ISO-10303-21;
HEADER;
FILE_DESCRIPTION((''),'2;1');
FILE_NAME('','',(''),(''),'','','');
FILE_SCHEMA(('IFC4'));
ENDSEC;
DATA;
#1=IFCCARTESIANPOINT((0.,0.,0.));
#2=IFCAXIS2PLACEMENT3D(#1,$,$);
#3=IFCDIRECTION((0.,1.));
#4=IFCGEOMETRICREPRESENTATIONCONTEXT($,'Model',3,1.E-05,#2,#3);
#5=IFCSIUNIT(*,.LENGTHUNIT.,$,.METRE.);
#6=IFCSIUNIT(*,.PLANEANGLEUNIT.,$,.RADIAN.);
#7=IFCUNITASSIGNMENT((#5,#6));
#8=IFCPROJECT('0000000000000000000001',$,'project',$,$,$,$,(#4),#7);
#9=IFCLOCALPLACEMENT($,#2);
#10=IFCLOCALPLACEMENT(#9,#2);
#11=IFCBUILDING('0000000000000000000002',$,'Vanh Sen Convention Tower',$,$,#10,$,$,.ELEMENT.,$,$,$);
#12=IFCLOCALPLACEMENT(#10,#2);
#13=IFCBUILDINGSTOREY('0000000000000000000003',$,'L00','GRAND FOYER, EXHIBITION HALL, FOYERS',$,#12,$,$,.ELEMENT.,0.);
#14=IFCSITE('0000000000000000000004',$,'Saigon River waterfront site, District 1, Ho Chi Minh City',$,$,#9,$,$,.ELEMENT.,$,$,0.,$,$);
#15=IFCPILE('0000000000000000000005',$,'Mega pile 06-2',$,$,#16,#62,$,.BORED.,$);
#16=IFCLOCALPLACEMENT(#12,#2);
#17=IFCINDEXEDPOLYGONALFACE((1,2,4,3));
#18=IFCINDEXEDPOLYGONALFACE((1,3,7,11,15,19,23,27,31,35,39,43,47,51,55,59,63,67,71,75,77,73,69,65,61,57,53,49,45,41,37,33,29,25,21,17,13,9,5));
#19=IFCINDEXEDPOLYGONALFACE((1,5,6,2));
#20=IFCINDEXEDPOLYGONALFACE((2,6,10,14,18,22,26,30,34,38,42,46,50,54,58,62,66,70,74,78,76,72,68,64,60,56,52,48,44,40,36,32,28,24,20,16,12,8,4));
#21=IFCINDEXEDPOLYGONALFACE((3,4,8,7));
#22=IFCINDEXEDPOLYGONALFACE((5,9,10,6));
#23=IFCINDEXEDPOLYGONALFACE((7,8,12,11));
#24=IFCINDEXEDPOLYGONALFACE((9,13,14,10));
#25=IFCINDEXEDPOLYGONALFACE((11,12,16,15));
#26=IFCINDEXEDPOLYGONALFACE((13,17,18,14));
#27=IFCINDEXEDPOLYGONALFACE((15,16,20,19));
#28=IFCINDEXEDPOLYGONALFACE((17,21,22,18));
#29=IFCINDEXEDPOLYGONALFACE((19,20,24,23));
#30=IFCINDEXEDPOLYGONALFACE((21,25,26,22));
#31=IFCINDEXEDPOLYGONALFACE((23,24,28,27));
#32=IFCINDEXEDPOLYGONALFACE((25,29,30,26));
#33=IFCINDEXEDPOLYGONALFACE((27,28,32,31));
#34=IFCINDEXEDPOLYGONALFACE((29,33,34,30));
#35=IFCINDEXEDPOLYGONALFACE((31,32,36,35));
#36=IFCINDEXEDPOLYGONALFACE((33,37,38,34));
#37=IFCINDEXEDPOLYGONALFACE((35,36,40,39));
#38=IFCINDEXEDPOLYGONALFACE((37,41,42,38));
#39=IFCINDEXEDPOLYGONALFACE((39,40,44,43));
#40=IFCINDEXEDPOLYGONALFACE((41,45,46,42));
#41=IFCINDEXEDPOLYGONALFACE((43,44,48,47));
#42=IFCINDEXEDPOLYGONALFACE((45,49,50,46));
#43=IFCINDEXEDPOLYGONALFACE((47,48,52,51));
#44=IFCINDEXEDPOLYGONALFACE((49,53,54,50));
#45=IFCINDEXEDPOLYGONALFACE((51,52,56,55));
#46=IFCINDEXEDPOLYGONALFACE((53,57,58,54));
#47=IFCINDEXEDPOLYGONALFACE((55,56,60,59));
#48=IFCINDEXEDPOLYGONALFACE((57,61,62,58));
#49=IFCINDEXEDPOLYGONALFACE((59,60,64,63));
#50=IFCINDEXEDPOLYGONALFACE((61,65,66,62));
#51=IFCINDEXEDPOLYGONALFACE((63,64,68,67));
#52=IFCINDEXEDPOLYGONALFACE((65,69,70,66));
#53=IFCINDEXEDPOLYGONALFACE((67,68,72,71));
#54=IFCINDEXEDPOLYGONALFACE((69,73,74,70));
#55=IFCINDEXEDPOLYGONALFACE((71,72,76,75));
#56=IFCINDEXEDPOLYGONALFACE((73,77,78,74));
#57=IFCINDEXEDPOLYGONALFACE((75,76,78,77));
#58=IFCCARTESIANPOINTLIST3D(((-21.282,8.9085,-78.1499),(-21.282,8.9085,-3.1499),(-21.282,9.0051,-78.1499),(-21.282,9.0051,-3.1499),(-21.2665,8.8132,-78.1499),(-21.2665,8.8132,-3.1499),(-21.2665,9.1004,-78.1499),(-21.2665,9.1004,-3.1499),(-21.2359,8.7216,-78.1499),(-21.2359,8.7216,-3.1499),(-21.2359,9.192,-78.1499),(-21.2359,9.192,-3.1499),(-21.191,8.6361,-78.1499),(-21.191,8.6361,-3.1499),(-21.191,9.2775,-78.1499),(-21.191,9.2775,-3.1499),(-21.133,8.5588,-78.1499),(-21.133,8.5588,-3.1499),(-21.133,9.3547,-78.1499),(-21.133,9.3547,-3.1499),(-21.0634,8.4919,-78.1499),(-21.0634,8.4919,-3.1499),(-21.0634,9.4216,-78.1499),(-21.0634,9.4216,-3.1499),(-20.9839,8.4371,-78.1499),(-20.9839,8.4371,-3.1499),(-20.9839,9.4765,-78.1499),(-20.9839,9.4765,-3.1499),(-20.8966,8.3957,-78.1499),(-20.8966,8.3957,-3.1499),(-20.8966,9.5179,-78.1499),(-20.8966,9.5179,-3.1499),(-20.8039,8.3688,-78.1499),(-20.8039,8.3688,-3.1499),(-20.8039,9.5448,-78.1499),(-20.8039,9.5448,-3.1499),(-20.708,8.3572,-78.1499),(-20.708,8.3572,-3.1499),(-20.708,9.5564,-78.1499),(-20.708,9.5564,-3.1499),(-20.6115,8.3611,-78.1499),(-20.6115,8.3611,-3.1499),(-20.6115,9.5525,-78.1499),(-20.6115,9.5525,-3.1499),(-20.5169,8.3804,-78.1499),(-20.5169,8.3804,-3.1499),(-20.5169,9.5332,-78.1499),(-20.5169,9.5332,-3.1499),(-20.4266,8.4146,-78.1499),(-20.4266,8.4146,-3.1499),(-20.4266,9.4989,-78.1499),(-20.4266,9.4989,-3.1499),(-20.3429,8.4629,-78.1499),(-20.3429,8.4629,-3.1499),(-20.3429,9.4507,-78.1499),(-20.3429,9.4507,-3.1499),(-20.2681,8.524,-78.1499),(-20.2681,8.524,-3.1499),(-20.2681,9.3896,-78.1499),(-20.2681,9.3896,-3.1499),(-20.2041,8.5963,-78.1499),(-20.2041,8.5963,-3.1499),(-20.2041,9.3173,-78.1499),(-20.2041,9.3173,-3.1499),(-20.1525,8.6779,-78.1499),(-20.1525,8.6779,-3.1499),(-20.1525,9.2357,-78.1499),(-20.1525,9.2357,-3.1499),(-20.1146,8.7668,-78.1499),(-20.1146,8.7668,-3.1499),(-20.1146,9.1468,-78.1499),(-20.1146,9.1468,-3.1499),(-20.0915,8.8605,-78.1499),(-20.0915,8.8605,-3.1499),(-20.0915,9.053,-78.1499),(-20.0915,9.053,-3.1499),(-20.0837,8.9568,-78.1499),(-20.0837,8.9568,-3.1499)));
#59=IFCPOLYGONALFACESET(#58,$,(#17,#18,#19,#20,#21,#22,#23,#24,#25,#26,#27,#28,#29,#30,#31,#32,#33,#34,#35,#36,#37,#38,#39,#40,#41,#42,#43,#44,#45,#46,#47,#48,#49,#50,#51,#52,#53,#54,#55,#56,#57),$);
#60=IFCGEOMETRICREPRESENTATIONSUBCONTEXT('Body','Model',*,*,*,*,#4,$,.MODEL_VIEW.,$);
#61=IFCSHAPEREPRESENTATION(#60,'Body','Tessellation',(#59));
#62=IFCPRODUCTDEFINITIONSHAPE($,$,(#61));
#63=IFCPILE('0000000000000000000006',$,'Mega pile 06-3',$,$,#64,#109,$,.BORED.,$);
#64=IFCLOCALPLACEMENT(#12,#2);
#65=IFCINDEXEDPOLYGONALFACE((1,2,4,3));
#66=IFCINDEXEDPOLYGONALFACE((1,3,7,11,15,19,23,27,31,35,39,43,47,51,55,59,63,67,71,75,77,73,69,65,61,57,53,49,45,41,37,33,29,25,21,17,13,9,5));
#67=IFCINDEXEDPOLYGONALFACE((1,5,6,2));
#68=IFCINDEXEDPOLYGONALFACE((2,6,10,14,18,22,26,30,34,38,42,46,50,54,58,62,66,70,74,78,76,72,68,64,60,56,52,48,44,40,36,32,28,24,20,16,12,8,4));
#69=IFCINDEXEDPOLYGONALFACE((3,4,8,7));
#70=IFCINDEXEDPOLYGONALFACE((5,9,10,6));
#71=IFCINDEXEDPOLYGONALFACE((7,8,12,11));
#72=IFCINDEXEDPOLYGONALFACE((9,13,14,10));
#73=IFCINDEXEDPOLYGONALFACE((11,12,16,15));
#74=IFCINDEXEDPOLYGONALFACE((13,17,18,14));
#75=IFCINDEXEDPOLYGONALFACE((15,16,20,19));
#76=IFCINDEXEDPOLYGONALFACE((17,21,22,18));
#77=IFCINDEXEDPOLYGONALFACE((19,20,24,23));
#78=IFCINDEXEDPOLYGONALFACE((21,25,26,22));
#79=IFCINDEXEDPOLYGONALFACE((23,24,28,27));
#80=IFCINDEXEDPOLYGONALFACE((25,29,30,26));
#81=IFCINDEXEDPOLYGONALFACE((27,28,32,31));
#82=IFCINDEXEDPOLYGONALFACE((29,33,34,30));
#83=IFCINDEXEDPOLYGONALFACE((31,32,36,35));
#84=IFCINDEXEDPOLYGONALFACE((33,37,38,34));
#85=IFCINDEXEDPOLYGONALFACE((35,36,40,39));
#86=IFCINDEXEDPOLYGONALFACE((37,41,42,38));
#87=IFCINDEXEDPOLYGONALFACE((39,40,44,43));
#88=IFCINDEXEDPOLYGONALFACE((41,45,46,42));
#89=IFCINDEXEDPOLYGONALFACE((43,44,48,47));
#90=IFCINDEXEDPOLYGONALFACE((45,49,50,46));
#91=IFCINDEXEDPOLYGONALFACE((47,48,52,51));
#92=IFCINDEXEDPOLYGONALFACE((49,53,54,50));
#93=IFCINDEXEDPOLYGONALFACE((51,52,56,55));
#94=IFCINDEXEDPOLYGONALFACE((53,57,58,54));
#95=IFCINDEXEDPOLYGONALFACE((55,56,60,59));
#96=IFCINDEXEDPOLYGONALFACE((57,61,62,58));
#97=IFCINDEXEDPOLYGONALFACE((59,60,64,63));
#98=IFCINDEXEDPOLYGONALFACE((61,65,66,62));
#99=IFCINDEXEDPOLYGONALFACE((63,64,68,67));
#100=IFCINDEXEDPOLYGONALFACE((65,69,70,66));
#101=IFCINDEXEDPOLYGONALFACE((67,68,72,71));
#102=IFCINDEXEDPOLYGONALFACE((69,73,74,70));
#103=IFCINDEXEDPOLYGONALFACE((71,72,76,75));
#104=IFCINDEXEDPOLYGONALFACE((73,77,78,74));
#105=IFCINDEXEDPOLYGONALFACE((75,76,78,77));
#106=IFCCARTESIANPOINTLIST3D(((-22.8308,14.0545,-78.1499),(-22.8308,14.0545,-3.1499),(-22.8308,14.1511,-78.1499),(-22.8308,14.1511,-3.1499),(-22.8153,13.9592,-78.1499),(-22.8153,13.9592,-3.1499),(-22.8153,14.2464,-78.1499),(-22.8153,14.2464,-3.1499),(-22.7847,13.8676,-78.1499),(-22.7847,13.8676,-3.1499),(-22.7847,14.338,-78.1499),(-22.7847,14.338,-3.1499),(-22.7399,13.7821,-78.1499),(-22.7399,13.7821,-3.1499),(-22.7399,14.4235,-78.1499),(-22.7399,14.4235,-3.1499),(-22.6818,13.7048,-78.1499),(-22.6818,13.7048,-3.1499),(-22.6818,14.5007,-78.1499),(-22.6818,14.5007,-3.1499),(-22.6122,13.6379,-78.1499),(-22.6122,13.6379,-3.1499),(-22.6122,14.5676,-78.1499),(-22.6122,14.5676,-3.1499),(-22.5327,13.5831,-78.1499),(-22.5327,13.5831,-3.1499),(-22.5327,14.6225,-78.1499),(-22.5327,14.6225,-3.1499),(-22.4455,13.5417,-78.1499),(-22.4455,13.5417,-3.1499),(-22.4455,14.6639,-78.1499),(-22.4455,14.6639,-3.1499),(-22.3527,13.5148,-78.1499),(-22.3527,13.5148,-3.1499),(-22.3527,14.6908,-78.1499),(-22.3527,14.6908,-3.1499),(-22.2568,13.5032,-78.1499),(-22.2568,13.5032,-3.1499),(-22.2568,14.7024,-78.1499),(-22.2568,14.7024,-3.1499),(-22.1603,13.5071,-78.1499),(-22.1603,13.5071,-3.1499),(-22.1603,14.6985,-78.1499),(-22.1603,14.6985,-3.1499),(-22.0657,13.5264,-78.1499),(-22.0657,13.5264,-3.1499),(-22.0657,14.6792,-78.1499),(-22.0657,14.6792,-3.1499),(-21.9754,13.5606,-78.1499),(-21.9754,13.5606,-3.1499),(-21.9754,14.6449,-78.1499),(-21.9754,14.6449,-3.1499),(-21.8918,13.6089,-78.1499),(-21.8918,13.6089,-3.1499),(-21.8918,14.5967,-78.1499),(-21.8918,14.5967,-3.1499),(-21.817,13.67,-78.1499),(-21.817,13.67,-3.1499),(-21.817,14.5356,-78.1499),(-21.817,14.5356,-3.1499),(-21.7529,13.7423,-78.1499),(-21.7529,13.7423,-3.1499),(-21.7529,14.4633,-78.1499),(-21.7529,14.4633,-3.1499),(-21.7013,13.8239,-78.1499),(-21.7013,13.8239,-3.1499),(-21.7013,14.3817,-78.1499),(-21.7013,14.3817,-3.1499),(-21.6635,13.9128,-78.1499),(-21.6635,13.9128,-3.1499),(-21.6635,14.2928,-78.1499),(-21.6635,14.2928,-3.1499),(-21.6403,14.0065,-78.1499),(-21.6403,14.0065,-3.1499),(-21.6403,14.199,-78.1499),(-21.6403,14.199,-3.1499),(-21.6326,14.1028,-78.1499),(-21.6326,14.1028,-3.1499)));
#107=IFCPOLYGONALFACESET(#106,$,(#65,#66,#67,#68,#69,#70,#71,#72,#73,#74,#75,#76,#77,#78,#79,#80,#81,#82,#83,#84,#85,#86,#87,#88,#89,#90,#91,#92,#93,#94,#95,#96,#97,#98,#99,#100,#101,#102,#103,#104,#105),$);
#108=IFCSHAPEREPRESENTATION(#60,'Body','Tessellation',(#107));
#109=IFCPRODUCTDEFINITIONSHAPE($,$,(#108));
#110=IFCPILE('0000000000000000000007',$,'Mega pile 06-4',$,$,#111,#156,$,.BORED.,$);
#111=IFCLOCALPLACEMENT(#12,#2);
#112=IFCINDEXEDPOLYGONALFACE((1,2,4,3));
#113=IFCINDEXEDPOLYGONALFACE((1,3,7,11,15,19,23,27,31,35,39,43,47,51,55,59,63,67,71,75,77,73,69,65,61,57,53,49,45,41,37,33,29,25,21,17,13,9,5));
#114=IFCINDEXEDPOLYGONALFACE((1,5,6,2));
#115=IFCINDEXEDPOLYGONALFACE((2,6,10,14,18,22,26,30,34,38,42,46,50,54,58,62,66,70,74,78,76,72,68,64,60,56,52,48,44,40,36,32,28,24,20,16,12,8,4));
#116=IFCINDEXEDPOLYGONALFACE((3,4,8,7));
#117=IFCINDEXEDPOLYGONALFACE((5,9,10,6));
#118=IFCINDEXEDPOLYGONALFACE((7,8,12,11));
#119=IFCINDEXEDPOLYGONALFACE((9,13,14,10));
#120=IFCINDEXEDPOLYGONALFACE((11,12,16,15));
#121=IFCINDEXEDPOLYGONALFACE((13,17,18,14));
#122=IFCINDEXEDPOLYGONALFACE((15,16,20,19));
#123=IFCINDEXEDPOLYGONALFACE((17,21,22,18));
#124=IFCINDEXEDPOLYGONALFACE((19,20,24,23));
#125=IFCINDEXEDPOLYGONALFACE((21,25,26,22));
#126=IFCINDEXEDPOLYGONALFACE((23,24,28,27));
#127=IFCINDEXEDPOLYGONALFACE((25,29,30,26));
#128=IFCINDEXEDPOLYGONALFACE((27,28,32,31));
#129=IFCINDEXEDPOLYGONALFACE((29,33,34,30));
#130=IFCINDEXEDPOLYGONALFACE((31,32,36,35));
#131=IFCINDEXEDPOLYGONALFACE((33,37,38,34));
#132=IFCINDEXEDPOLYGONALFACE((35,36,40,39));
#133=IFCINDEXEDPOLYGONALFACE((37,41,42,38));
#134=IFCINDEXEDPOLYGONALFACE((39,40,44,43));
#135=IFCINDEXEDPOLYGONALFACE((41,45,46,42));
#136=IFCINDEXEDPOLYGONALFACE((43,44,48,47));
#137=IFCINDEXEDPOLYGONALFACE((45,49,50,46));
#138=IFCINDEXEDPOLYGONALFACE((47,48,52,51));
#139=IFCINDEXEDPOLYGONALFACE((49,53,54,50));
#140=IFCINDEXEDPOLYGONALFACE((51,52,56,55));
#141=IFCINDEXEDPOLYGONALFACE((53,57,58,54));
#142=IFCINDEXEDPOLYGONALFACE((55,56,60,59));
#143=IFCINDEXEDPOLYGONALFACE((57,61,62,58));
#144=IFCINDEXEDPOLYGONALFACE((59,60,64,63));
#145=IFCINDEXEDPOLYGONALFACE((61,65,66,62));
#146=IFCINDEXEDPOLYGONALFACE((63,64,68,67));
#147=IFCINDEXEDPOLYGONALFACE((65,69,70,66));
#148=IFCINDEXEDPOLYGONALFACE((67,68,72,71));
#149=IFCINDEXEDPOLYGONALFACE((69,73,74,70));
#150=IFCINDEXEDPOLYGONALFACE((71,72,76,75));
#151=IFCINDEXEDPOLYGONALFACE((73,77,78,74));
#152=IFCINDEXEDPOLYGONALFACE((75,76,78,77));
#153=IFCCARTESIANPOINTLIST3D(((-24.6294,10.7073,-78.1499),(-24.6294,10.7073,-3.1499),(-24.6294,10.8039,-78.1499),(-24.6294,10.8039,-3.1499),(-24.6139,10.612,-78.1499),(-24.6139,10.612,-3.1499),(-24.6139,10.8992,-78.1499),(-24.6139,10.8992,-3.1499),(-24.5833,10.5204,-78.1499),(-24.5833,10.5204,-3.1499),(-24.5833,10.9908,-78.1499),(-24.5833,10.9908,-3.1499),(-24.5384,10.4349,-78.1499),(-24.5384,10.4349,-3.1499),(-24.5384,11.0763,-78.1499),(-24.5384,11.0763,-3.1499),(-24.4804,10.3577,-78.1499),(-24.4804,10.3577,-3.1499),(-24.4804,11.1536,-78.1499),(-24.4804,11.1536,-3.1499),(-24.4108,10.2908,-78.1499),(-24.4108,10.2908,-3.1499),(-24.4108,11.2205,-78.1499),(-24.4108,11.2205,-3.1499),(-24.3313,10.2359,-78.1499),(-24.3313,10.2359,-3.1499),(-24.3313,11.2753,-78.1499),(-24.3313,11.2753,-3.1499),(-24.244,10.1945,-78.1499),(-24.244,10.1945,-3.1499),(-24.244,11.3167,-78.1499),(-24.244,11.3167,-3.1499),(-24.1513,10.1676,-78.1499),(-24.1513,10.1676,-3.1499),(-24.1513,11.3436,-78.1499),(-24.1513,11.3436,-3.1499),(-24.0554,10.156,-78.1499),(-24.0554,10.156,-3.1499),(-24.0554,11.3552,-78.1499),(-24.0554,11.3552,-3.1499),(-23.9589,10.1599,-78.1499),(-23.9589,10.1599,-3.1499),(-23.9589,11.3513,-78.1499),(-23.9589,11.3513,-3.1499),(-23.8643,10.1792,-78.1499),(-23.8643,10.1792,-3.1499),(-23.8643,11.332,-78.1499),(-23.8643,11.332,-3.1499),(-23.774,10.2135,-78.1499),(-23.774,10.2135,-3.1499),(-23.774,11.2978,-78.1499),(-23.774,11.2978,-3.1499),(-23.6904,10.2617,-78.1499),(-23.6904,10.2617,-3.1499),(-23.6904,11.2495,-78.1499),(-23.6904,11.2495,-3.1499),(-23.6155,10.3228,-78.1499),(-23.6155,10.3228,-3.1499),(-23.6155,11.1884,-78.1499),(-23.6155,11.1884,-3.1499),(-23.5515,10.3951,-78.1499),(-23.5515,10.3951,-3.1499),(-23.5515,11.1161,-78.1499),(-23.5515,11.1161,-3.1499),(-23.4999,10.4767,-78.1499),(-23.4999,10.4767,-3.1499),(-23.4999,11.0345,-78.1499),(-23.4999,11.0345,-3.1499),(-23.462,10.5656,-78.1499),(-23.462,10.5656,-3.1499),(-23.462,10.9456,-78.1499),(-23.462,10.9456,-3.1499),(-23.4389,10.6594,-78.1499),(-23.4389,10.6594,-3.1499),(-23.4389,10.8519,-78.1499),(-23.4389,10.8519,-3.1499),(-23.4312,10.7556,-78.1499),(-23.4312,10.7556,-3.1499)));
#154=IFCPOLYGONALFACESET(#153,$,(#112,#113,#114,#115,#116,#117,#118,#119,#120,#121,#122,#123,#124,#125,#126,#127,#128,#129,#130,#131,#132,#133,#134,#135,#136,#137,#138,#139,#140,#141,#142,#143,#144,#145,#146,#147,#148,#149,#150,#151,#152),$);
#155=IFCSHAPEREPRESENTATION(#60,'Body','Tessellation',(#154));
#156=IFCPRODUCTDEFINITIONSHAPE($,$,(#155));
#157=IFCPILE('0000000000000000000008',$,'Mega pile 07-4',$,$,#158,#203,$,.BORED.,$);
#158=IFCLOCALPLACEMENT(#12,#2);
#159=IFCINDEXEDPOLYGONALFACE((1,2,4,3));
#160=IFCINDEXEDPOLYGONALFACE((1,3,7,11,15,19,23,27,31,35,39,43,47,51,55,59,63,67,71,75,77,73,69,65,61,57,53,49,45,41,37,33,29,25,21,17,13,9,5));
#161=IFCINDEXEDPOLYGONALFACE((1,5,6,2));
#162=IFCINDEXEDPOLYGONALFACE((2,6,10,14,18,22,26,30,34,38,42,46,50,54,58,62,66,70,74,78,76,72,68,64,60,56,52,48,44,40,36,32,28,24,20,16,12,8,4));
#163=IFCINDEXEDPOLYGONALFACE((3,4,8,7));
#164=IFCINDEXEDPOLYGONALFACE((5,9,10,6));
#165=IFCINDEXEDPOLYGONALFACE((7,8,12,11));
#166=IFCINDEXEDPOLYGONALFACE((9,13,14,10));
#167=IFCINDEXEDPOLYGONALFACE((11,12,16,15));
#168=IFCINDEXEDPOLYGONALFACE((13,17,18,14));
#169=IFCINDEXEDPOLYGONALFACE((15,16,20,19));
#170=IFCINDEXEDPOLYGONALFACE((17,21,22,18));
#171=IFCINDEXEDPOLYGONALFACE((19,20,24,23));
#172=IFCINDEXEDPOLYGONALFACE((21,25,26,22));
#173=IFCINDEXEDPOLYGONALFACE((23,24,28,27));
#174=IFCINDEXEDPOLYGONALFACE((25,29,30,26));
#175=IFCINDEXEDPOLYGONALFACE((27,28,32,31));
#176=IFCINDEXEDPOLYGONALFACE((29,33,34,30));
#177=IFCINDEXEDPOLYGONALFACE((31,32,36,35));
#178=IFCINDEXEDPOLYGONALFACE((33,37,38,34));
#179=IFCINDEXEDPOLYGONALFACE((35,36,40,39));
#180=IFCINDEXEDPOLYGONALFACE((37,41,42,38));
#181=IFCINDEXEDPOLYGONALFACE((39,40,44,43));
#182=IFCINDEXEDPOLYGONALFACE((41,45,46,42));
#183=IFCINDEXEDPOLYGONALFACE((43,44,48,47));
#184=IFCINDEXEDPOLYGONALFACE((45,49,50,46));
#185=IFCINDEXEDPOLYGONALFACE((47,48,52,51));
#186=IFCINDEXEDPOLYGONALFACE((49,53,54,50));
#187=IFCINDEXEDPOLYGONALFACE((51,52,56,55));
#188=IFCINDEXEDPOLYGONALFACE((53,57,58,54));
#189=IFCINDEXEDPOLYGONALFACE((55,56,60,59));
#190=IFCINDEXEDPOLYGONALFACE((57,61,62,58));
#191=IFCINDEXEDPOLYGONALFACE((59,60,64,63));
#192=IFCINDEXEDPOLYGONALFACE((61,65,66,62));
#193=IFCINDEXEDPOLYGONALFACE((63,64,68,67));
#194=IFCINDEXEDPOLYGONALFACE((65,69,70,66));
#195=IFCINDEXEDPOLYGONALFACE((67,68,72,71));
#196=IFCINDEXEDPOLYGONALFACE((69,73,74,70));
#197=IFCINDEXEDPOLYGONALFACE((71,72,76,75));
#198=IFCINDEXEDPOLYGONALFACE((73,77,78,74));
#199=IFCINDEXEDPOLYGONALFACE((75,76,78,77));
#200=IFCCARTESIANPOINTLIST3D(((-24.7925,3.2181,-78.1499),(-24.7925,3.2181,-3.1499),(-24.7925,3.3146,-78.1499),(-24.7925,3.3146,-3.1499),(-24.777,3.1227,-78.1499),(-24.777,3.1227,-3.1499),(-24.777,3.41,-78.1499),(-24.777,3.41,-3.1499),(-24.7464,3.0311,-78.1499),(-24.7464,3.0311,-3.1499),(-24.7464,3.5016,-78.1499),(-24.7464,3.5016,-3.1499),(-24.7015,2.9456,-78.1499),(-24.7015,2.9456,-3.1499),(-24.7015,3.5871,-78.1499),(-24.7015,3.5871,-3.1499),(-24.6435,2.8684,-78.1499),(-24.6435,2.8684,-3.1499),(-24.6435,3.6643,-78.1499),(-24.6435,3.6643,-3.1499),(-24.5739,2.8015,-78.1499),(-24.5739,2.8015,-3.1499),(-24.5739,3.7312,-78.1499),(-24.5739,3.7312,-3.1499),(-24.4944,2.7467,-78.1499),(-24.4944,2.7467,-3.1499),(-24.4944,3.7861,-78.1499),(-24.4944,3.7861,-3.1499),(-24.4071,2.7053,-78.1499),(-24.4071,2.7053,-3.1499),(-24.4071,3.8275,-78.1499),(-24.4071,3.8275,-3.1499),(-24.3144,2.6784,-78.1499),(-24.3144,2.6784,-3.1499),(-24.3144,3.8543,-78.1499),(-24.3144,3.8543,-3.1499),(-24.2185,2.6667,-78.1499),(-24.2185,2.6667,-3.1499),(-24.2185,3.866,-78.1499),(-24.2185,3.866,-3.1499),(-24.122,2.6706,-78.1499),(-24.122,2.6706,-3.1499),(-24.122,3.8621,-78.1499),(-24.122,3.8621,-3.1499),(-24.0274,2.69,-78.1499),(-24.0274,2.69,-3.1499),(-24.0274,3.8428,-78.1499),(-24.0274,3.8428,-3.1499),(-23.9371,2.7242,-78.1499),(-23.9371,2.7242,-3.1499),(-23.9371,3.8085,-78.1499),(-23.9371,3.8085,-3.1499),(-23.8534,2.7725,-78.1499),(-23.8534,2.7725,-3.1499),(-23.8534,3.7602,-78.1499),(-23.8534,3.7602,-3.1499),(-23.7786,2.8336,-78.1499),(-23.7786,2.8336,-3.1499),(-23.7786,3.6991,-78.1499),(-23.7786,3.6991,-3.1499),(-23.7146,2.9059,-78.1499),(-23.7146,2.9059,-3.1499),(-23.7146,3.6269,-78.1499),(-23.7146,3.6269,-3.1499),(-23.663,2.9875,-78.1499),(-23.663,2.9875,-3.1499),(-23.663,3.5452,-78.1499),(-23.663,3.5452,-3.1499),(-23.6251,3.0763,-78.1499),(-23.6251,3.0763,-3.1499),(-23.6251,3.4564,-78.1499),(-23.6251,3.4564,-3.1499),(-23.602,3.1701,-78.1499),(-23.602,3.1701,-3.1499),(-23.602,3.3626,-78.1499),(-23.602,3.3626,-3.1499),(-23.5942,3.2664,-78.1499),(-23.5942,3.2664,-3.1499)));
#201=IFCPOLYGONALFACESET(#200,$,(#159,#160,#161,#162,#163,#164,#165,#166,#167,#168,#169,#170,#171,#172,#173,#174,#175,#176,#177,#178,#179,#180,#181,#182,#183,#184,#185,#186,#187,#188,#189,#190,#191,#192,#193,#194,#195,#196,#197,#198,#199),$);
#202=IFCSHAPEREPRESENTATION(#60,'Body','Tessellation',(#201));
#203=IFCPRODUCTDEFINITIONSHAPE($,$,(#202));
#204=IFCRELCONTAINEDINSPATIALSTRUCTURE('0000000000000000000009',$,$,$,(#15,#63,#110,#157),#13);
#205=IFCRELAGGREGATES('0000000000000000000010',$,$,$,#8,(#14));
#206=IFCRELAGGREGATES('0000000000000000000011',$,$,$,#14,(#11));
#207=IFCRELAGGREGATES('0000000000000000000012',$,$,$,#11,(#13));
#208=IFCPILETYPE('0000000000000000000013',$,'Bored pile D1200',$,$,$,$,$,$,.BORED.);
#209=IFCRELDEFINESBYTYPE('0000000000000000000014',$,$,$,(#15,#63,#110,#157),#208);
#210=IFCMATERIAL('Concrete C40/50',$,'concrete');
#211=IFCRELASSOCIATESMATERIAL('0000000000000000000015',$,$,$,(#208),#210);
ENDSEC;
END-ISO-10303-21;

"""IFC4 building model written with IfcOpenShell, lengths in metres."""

from ifc_helpers import new_model, si_unit, direction, frame, origin, origin_2d, place, context, subcontext, project, spatial, circle, extrude, material, material_profile, profile_set, type_object, element, save


model = new_model("IFC4")

# Units and contexts
model_context = context("Model", 3, precision=1e-05, world=origin(), true_north=direction((0.0, 1.0)))
body_context = subcontext(model_context, "Body", "Model", "MODEL_VIEW")
ifc_project = project(units=[si_unit("LENGTHUNIT", "METRE"), si_unit("PLANEANGLEUNIT", "RADIAN")], contexts=[model_context])

# Site, building, storey
site_placement = place(None, origin())
site = spatial("IfcSite", under=ifc_project, at=site_placement, Name="Saigon River waterfront site, District 1, Ho Chi Minh City", CompositionType="ELEMENT", RefElevation=0.0)
building_placement = place(site_placement, origin())
building = spatial("IfcBuilding", under=site, at=building_placement, Name="Vanh Sen Convention Tower", CompositionType="ELEMENT")
storey_placement = place(building_placement, origin())
storey = spatial("IfcBuildingStorey", under=building, at=storey_placement, Name="L00", Description="GRAND FOYER, EXHIBITION HALL, FOYERS", CompositionType="ELEMENT", Elevation=0.0)

# Piles
ifc_material_1 = material(Name="Concrete C40/50", Category="concrete")
ifc_material_profile_1 = material_profile(ifc_material_1, circle(Radius=0.6001, at=origin_2d()), Name="Bored pile D1200")
ifc_profile_set_1 = profile_set([ifc_material_profile_1], Name="Concrete C40/50")
pile_type = type_object("IfcPileType", Name="Bored pile D1200", PredefinedType="BORED", material=ifc_profile_set_1)
for number, where, z_axis, x_axis, name in (
    (1, (-20.6838, 8.9568, -3.1499), (0.0, 0.0, -1.0), (1.0, 0.0, 0.0), "Mega pile 06-2"),
    (2, (-22.2327, 14.1028, -3.1499), (0.0, 0.0, -1.0), (1.0, 0.0, 0.0), "Mega pile 06-3"),
    (3, (-24.0312, 10.7556, -3.1499), (0.0, 0.0, -1.0), (1.0, 0.0, 0.0), "Mega pile 06-4"),
    (4, (-24.1943, 3.2664, -3.1499), (0.0, 0.0, -1.0), (1.0, 0.0, 0.0), "Mega pile 07-4"),
):
    element("IfcPile", number, at=place(storey_placement, frame(where, z_axis=z_axis, x_axis=x_axis)), inside=storey, type_object=pile_type, Name=name, PredefinedType="BORED", context=body_context, shape_type="SweptSolid", body=[
        extrude(circle(Radius=0.6001, at=origin_2d()), origin(), (0.0, 0.0, 1.0), 75.0),
    ])

save(model, "model.ifc")
